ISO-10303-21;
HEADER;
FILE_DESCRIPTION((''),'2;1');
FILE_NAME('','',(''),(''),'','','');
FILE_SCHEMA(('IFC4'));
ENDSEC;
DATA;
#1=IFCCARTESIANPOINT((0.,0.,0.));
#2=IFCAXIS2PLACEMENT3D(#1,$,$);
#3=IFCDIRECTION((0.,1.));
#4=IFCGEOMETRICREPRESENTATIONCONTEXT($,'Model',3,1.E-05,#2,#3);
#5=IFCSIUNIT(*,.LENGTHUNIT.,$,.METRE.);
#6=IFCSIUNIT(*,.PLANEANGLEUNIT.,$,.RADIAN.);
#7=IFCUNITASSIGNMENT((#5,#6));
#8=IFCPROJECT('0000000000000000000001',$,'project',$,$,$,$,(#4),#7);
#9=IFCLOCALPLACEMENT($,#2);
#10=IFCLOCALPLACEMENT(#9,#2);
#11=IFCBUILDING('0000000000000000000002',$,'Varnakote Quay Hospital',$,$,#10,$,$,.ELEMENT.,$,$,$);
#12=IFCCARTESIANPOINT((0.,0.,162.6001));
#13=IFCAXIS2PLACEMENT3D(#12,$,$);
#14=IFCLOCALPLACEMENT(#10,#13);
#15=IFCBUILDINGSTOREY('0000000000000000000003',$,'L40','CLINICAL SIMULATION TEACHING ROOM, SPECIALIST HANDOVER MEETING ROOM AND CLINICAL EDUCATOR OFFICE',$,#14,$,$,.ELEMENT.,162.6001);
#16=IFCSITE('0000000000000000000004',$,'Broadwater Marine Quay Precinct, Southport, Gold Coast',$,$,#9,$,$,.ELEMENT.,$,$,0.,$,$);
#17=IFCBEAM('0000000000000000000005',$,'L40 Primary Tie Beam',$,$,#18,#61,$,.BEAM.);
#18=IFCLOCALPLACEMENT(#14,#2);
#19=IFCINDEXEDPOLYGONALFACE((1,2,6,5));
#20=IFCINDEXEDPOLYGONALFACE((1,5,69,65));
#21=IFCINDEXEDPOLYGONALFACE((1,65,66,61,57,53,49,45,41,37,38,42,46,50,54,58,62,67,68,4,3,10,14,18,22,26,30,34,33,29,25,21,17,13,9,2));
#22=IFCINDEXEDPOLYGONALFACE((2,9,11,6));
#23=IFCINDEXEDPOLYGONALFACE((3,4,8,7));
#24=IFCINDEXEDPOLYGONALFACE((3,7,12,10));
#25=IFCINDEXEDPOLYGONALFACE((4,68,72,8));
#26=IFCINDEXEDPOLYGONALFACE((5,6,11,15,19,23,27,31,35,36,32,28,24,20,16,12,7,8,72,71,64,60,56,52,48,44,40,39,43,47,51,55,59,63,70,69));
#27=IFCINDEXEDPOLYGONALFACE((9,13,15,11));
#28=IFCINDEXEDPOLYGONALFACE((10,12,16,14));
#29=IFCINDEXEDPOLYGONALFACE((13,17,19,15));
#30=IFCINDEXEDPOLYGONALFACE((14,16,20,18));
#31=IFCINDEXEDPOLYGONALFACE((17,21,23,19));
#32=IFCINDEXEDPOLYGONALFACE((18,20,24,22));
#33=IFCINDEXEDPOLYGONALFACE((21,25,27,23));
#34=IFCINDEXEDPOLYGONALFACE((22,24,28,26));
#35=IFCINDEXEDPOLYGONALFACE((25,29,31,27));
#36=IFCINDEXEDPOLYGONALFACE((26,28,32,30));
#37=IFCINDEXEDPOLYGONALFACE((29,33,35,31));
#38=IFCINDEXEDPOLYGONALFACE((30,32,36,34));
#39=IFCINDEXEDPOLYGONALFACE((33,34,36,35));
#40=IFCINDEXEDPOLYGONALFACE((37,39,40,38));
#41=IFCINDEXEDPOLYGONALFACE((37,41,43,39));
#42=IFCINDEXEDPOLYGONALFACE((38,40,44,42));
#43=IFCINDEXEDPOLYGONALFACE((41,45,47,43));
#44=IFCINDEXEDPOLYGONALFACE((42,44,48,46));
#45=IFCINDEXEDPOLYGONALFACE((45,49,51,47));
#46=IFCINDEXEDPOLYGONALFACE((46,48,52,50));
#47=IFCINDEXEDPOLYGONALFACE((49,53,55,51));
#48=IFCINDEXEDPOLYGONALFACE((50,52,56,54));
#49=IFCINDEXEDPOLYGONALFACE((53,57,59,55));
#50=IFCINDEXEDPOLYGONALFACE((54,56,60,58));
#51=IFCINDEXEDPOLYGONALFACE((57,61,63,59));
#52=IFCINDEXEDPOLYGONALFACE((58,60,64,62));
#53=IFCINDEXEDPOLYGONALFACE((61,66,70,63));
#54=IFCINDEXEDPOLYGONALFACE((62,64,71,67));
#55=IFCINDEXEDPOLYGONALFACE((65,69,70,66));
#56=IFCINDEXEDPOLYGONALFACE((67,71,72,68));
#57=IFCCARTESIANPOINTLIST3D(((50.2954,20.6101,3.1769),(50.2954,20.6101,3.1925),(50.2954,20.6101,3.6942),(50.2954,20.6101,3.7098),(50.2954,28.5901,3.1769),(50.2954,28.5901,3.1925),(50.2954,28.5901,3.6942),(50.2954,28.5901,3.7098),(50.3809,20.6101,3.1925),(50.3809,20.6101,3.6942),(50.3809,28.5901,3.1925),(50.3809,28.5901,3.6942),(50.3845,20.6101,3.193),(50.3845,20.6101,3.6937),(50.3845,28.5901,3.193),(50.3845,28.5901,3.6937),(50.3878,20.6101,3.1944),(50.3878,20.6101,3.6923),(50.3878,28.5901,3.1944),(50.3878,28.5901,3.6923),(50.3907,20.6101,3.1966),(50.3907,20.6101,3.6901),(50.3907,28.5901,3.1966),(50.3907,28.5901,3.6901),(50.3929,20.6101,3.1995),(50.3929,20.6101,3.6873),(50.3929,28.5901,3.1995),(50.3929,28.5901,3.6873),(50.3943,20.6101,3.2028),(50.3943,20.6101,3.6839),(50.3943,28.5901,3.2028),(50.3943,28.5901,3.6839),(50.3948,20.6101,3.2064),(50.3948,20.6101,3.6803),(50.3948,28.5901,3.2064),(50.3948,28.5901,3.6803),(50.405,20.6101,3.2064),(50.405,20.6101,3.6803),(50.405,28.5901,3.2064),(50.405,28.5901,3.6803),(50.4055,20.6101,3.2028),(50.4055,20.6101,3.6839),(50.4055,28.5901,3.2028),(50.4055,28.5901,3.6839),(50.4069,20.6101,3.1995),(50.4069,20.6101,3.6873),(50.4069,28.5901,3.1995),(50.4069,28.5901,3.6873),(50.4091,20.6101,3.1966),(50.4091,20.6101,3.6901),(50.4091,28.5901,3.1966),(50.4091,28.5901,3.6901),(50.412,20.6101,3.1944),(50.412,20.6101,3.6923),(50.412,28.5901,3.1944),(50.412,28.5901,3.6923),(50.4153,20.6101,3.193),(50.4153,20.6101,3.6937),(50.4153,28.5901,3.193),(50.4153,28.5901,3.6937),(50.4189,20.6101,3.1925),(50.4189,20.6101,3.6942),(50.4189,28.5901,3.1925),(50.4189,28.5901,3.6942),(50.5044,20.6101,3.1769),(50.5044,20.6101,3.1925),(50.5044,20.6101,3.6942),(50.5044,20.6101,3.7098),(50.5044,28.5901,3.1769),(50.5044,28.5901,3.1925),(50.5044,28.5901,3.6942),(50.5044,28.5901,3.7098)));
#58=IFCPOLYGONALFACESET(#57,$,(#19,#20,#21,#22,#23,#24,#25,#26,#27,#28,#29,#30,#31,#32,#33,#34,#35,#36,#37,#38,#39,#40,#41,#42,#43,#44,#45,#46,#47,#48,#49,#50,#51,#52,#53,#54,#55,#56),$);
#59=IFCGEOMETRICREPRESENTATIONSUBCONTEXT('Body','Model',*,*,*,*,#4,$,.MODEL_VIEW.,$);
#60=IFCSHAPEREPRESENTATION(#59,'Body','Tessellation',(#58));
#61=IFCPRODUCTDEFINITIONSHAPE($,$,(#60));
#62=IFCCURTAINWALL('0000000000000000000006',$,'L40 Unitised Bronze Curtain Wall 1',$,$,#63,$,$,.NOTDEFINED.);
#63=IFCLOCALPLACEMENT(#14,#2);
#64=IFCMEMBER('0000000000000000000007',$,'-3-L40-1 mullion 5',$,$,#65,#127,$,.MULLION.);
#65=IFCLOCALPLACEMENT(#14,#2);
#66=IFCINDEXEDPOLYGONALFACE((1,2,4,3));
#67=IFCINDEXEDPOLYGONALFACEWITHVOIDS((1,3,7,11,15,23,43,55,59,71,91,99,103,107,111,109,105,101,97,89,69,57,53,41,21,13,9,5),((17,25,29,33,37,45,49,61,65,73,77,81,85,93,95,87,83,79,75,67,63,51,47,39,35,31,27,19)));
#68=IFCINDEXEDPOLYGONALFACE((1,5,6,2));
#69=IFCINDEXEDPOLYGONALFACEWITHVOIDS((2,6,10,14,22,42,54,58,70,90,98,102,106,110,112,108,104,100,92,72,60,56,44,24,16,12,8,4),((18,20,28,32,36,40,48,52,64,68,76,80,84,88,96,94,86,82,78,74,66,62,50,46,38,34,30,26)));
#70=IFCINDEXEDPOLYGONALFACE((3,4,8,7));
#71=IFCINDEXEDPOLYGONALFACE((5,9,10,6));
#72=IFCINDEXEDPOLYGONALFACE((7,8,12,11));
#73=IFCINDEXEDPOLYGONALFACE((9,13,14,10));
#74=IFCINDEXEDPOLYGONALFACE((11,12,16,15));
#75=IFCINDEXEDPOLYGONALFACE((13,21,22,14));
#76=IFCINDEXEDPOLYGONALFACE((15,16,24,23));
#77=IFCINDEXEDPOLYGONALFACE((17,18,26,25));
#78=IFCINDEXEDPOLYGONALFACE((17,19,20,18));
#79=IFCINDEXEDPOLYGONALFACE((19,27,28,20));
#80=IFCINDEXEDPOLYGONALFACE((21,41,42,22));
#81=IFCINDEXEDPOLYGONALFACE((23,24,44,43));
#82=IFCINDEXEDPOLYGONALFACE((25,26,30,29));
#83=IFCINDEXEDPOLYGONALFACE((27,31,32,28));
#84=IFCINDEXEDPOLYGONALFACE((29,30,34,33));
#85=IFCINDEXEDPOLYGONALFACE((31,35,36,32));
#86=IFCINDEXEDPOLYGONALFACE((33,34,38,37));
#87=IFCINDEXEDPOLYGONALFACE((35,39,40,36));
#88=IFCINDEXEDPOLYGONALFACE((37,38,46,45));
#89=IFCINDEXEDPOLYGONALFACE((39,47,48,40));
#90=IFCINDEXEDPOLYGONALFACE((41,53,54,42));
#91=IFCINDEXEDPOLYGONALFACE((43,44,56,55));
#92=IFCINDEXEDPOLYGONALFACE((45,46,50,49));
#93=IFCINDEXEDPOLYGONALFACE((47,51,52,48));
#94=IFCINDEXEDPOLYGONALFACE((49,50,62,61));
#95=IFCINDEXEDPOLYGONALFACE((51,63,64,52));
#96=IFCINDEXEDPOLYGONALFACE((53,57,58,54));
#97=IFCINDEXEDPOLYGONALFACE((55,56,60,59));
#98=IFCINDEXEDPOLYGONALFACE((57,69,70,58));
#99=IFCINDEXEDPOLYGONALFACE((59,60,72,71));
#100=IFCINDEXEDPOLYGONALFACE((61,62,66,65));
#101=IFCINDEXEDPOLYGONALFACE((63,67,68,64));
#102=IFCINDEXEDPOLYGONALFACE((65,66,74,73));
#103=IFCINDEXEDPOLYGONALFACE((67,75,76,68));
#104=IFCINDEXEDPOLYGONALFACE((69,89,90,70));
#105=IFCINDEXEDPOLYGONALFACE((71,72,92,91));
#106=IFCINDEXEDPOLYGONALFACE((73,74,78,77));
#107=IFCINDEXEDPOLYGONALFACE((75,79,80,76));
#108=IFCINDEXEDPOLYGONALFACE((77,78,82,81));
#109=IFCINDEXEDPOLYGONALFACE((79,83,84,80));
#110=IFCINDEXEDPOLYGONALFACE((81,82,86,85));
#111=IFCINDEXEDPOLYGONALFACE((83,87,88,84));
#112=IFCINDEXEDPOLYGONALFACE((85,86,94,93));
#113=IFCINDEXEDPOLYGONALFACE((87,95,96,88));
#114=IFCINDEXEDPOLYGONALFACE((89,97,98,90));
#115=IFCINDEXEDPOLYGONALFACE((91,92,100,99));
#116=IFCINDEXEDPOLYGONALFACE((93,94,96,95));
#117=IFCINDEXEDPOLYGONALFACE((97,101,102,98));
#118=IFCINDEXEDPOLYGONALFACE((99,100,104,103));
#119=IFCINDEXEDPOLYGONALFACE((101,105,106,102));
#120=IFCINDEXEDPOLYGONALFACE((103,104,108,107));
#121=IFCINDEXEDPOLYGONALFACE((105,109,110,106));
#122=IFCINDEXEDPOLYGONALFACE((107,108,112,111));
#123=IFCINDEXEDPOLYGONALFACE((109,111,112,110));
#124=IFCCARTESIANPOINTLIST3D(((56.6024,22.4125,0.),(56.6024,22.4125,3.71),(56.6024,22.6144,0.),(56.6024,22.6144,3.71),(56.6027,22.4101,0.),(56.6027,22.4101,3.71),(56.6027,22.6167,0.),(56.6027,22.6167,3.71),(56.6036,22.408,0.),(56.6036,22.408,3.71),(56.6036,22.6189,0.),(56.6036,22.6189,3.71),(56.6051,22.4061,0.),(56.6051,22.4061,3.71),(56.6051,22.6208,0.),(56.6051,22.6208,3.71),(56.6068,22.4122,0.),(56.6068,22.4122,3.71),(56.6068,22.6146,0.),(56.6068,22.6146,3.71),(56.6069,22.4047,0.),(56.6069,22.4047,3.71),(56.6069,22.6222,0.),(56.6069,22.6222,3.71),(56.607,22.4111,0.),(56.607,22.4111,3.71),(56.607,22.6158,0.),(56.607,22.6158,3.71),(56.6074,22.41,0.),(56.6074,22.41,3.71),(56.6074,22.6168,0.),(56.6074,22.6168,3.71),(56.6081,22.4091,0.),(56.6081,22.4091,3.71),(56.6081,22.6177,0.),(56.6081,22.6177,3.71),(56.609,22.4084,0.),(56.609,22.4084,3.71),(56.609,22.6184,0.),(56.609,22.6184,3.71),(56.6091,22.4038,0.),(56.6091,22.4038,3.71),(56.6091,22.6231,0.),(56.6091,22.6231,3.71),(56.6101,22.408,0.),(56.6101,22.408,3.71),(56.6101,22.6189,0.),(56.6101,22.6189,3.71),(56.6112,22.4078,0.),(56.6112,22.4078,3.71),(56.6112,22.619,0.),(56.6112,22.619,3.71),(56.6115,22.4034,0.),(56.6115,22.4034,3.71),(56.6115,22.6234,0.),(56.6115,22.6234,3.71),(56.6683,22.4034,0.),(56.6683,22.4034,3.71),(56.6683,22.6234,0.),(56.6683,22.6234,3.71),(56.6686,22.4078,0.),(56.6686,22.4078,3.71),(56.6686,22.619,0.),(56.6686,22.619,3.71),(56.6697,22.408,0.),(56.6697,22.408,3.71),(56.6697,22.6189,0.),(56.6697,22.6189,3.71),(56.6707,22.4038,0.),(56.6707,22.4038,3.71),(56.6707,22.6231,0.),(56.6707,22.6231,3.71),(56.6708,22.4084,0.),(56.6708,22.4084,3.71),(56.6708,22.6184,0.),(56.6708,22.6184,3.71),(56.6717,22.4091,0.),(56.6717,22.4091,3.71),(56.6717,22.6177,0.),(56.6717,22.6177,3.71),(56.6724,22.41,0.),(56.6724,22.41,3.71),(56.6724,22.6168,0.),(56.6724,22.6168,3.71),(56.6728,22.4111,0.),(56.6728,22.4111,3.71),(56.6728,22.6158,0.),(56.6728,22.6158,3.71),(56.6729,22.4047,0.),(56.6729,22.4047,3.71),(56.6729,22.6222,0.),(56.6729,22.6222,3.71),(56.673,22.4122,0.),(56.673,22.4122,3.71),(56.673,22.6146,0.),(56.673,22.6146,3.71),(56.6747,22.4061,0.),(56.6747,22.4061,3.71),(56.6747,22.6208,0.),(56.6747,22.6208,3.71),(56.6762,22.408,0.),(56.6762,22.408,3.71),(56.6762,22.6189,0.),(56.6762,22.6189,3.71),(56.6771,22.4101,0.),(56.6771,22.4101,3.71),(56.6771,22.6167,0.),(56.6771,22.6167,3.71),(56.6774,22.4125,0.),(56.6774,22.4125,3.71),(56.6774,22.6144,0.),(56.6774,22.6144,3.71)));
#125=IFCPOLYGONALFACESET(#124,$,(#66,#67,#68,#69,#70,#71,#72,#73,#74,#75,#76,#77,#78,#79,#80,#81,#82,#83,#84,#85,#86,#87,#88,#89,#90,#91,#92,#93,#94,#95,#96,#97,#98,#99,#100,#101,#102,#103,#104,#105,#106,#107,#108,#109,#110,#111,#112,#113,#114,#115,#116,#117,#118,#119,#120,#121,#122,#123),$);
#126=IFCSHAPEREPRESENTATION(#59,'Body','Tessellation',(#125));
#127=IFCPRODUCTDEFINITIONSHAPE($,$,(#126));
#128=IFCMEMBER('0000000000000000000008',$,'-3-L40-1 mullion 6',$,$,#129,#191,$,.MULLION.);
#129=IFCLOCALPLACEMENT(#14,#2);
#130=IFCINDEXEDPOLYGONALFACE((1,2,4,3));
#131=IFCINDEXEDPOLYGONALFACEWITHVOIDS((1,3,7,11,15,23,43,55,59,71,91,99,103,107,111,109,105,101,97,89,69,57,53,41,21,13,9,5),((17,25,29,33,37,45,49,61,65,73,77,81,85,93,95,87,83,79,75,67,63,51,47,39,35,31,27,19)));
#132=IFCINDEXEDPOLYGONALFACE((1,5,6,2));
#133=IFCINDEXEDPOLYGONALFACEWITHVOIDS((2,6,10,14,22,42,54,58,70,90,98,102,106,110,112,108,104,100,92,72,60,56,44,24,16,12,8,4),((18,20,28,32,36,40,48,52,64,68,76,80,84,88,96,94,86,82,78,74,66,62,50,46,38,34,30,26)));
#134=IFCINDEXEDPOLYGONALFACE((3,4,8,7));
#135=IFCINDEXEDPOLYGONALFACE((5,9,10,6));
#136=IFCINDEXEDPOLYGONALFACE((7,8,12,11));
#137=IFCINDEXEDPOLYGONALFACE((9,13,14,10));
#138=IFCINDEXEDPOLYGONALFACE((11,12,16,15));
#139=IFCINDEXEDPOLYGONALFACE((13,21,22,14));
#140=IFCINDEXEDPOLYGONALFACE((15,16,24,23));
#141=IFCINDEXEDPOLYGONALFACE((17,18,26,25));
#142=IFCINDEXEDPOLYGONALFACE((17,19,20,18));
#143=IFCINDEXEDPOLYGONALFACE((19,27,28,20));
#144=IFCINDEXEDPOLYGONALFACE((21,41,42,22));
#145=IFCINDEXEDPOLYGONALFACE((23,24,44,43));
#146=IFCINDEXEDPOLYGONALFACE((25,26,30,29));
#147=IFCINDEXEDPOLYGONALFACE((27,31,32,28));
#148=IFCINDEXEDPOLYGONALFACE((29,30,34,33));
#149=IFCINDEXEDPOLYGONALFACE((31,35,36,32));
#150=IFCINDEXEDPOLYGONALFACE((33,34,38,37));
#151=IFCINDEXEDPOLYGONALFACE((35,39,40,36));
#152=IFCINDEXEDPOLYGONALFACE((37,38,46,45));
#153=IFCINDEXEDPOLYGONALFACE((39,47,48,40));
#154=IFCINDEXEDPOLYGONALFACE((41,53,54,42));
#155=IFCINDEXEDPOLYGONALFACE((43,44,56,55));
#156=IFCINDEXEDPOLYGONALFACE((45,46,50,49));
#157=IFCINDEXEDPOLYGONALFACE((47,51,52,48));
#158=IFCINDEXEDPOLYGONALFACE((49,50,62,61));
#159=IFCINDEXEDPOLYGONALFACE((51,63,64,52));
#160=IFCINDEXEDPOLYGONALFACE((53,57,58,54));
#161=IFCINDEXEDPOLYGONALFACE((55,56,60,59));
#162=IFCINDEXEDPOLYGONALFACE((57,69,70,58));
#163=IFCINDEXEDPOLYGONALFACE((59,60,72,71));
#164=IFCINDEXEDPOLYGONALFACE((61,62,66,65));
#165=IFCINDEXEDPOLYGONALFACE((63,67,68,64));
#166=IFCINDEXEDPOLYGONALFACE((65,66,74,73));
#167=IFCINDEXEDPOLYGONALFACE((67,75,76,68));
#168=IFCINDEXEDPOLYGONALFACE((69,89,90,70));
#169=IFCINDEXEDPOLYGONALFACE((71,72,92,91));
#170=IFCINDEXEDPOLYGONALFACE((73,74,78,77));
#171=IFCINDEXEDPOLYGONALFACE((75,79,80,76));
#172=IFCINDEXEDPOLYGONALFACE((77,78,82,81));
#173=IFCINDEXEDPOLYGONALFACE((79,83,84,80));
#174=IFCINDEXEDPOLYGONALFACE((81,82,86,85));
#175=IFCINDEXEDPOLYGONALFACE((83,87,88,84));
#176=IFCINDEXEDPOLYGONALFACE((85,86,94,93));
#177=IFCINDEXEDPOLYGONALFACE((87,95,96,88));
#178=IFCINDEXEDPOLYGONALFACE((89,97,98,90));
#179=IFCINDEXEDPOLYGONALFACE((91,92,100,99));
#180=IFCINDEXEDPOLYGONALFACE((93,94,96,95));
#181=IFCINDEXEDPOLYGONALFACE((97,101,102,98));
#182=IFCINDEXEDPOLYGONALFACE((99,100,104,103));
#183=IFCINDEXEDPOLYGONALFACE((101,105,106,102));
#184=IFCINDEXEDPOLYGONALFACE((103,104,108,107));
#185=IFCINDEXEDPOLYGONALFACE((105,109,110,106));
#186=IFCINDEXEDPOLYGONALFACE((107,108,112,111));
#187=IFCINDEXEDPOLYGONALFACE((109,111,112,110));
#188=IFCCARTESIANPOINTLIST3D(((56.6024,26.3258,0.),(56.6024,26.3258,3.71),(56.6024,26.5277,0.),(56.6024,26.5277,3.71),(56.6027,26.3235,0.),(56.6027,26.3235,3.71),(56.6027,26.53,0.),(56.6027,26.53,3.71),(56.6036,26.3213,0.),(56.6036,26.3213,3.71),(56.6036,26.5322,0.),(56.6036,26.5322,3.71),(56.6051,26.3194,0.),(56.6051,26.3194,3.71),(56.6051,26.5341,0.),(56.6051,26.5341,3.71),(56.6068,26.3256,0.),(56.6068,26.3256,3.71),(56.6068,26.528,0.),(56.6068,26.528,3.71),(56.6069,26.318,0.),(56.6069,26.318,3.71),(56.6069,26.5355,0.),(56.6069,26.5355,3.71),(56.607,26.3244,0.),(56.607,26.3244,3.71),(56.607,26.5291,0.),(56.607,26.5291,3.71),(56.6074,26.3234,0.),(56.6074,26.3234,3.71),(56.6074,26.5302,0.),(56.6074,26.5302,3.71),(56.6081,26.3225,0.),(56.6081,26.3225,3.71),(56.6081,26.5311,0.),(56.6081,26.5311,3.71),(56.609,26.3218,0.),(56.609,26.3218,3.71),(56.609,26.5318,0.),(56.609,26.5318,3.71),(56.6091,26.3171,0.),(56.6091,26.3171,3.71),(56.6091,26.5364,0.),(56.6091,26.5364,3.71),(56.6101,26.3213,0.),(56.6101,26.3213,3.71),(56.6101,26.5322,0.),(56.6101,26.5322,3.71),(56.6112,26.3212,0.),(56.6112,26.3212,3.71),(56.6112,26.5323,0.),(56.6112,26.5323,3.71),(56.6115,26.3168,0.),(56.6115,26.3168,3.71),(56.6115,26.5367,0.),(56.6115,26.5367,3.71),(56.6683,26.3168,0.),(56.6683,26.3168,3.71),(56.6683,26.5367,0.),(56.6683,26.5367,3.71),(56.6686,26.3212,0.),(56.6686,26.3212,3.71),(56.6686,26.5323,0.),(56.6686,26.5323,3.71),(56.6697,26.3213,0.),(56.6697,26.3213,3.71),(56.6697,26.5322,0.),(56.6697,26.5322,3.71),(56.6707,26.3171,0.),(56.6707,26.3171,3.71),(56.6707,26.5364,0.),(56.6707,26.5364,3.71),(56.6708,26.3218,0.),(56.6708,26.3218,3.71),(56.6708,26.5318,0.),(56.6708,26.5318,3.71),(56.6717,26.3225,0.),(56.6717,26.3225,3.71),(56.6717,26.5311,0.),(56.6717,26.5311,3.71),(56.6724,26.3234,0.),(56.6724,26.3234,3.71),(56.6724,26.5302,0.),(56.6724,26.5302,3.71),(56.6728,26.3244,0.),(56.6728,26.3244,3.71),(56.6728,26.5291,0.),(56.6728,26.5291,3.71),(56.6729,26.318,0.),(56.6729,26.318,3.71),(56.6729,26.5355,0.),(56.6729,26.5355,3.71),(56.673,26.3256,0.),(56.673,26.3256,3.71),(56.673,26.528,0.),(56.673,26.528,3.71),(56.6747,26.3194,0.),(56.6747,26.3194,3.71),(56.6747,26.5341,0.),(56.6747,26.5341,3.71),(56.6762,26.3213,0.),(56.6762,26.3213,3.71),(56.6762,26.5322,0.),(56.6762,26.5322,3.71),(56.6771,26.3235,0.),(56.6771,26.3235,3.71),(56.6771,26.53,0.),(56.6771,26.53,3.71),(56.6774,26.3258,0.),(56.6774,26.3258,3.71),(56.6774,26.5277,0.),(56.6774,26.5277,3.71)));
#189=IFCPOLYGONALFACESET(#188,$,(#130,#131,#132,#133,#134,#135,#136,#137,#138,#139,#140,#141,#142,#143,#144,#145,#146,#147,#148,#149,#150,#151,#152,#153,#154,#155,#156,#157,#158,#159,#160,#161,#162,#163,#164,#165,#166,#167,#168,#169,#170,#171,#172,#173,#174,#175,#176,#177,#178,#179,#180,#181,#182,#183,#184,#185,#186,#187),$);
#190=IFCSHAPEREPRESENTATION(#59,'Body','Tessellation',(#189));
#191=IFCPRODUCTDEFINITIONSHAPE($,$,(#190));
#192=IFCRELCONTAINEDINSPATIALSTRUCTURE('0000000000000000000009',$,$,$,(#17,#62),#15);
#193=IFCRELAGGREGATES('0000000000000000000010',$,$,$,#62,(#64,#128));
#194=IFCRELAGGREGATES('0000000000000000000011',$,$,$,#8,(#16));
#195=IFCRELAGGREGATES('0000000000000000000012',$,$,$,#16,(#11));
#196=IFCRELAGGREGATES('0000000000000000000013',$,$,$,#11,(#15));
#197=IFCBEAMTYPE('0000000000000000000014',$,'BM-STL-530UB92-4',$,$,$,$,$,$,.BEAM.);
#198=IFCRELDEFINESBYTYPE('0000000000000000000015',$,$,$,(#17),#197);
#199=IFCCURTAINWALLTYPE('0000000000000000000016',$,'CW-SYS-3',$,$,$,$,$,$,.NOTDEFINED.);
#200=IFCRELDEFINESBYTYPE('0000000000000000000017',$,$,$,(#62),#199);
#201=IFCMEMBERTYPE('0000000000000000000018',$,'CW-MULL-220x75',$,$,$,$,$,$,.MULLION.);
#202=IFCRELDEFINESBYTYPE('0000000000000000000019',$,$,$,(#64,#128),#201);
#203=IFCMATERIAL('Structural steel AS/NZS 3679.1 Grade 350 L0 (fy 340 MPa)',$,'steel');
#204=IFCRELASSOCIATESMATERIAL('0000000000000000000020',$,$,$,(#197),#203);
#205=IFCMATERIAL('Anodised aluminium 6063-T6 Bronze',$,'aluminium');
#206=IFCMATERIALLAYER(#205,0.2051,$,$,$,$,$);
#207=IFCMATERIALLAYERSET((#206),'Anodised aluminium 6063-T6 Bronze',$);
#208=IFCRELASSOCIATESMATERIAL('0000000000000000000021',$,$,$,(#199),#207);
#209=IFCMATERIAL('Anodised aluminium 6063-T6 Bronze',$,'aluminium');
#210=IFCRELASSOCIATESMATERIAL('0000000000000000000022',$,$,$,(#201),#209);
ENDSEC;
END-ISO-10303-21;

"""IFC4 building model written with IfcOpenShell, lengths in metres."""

from ifc_helpers import new_model, si_unit, direction, frame, origin, origin_2d, place, context, subcontext, project, spatial, hollow_rectangle, i_section, extrude, material, layer, layer_set, material_profile, profile_set, type_object, element, aggregate, save


model = new_model("IFC4")

# Units and contexts
model_context = context("Model", 3, precision=1e-05, world=origin(), true_north=direction((0.0, 1.0)))
body_context = subcontext(model_context, "Body", "Model", "MODEL_VIEW")
ifc_project = project(units=[si_unit("LENGTHUNIT", "METRE"), si_unit("PLANEANGLEUNIT", "RADIAN")], contexts=[model_context])

# Site, building, storey
site_placement = place(None, origin())
site = spatial("IfcSite", under=ifc_project, at=site_placement, Name="Broadwater Marine Quay Precinct, Southport, Gold Coast", CompositionType="ELEMENT", RefElevation=0.0)
building_placement = place(site_placement, origin())
building = spatial("IfcBuilding", under=site, at=building_placement, Name="Varnakote Quay Hospital", CompositionType="ELEMENT")
storey_placement = place(building_placement, frame((0.0, 0.0, 162.6001)))
storey = spatial("IfcBuildingStorey", under=building, at=storey_placement, Name="L40", Description="CLINICAL SIMULATION TEACHING ROOM, SPECIALIST HANDOVER MEETING ROOM AND CLINICAL EDUCATOR OFFICE", CompositionType="ELEMENT", Elevation=162.6001)

# Beam
ifc_material_1 = material(Name="Structural steel AS/NZS 3679.1 Grade 350 L0 (fy 340 MPa)", Category="steel")
ifc_material_profile_1 = material_profile(ifc_material_1, i_section(OverallWidth=0.209, OverallDepth=0.533, WebThickness=0.0103, FlangeThickness=0.0156, FilletRadius=0.0139, at=origin_2d()), Name="530UB92.4")
ifc_profile_set_1 = profile_set([ifc_material_profile_1], Name="Structural steel AS/NZS 3679.1 Grade 350 L0 (fy 340 MPa)")
beam_type = type_object("IfcBeamType", Name="BM-STL-530UB92-4", PredefinedType="BEAM", material=ifc_profile_set_1)
beam_placement = place(storey_placement, frame((50.3999, 20.6101, 3.4434), z_axis=(0.0, 1.0, 0.0), x_axis=(-1.0, 0.0, 0.0)))
element("IfcBeam", 1, at=beam_placement, inside=storey, type_object=beam_type, Name="L40 Primary Tie Beam", PredefinedType="BEAM", context=body_context, shape_type="SweptSolid", body=[
    extrude(i_section(OverallWidth=0.209, OverallDepth=0.533, WebThickness=0.0103, FlangeThickness=0.0156, FilletRadius=0.0139, at=origin_2d()), origin(), (0.0, 0.0, 1.0), 7.98),
])

# Curtain wall, members
ifc_material_2 = material(Name="Anodised aluminium 6063-T6 Bronze", Category="aluminium")
ifc_layer_1 = layer(ifc_material_2, 0.2051)
ifc_layer_set_1 = layer_set([ifc_layer_1], Name="Anodised aluminium 6063-T6 Bronze")
curtain_wall_type = type_object("IfcCurtainWallType", Name="CW-SYS-3", PredefinedType="NOTDEFINED", material=ifc_layer_set_1)
curtain_wall_placement = place(storey_placement, origin())
curtain_wall = element("IfcCurtainWall", 2, at=curtain_wall_placement, inside=storey, type_object=curtain_wall_type, Name="L40 Unitised Bronze Curtain Wall 1", PredefinedType="NOTDEFINED")
ifc_material_3 = material(Name="Anodised aluminium 6063-T6 Bronze", Category="aluminium")
ifc_material_profile_2 = material_profile(ifc_material_3, hollow_rectangle(XDim=0.075, YDim=0.22, WallThickness=0.0044, InnerFilletRadius=0.0044, OuterFilletRadius=0.009, at=origin_2d()), Name="CW-MULL-220x75")
ifc_profile_set_2 = profile_set([ifc_material_profile_2], Name="Anodised aluminium 6063-T6 Bronze")
member_type_1 = type_object("IfcMemberType", Name="CW-MULL-220x75", PredefinedType="MULLION", material=ifc_profile_set_2)
member_1_placement = place(storey_placement, frame((56.6399, 22.5134, 0.0), z_axis=(0.0, 0.0, 1.0), x_axis=(-1.0, 0.0, 0.0)))
member_1 = element("IfcMember", 3, at=member_1_placement, type_object=member_type_1, Name="-3-L40-1 mullion 5", PredefinedType="MULLION", context=body_context, shape_type="SweptSolid", body=[
    extrude(hollow_rectangle(XDim=0.075, YDim=0.22, WallThickness=0.0044, InnerFilletRadius=0.0044, OuterFilletRadius=0.009, at=origin_2d()), origin(), (0.0, 0.0, 1.0), 3.71),
])
member_2_placement = place(storey_placement, frame((56.6399, 26.4268, 0.0), z_axis=(0.0, 0.0, 1.0), x_axis=(-1.0, 0.0, 0.0)))
member_2 = element("IfcMember", 4, at=member_2_placement, type_object=member_type_1, Name="-3-L40-1 mullion 6", PredefinedType="MULLION", context=body_context, shape_type="SweptSolid", body=[
    extrude(hollow_rectangle(XDim=0.075, YDim=0.22, WallThickness=0.0044, InnerFilletRadius=0.0044, OuterFilletRadius=0.009, at=origin_2d()), origin(), (0.0, 0.0, 1.0), 3.71),
])
aggregate(curtain_wall, [member_1, member_2])

save(model, "model.ifc")
